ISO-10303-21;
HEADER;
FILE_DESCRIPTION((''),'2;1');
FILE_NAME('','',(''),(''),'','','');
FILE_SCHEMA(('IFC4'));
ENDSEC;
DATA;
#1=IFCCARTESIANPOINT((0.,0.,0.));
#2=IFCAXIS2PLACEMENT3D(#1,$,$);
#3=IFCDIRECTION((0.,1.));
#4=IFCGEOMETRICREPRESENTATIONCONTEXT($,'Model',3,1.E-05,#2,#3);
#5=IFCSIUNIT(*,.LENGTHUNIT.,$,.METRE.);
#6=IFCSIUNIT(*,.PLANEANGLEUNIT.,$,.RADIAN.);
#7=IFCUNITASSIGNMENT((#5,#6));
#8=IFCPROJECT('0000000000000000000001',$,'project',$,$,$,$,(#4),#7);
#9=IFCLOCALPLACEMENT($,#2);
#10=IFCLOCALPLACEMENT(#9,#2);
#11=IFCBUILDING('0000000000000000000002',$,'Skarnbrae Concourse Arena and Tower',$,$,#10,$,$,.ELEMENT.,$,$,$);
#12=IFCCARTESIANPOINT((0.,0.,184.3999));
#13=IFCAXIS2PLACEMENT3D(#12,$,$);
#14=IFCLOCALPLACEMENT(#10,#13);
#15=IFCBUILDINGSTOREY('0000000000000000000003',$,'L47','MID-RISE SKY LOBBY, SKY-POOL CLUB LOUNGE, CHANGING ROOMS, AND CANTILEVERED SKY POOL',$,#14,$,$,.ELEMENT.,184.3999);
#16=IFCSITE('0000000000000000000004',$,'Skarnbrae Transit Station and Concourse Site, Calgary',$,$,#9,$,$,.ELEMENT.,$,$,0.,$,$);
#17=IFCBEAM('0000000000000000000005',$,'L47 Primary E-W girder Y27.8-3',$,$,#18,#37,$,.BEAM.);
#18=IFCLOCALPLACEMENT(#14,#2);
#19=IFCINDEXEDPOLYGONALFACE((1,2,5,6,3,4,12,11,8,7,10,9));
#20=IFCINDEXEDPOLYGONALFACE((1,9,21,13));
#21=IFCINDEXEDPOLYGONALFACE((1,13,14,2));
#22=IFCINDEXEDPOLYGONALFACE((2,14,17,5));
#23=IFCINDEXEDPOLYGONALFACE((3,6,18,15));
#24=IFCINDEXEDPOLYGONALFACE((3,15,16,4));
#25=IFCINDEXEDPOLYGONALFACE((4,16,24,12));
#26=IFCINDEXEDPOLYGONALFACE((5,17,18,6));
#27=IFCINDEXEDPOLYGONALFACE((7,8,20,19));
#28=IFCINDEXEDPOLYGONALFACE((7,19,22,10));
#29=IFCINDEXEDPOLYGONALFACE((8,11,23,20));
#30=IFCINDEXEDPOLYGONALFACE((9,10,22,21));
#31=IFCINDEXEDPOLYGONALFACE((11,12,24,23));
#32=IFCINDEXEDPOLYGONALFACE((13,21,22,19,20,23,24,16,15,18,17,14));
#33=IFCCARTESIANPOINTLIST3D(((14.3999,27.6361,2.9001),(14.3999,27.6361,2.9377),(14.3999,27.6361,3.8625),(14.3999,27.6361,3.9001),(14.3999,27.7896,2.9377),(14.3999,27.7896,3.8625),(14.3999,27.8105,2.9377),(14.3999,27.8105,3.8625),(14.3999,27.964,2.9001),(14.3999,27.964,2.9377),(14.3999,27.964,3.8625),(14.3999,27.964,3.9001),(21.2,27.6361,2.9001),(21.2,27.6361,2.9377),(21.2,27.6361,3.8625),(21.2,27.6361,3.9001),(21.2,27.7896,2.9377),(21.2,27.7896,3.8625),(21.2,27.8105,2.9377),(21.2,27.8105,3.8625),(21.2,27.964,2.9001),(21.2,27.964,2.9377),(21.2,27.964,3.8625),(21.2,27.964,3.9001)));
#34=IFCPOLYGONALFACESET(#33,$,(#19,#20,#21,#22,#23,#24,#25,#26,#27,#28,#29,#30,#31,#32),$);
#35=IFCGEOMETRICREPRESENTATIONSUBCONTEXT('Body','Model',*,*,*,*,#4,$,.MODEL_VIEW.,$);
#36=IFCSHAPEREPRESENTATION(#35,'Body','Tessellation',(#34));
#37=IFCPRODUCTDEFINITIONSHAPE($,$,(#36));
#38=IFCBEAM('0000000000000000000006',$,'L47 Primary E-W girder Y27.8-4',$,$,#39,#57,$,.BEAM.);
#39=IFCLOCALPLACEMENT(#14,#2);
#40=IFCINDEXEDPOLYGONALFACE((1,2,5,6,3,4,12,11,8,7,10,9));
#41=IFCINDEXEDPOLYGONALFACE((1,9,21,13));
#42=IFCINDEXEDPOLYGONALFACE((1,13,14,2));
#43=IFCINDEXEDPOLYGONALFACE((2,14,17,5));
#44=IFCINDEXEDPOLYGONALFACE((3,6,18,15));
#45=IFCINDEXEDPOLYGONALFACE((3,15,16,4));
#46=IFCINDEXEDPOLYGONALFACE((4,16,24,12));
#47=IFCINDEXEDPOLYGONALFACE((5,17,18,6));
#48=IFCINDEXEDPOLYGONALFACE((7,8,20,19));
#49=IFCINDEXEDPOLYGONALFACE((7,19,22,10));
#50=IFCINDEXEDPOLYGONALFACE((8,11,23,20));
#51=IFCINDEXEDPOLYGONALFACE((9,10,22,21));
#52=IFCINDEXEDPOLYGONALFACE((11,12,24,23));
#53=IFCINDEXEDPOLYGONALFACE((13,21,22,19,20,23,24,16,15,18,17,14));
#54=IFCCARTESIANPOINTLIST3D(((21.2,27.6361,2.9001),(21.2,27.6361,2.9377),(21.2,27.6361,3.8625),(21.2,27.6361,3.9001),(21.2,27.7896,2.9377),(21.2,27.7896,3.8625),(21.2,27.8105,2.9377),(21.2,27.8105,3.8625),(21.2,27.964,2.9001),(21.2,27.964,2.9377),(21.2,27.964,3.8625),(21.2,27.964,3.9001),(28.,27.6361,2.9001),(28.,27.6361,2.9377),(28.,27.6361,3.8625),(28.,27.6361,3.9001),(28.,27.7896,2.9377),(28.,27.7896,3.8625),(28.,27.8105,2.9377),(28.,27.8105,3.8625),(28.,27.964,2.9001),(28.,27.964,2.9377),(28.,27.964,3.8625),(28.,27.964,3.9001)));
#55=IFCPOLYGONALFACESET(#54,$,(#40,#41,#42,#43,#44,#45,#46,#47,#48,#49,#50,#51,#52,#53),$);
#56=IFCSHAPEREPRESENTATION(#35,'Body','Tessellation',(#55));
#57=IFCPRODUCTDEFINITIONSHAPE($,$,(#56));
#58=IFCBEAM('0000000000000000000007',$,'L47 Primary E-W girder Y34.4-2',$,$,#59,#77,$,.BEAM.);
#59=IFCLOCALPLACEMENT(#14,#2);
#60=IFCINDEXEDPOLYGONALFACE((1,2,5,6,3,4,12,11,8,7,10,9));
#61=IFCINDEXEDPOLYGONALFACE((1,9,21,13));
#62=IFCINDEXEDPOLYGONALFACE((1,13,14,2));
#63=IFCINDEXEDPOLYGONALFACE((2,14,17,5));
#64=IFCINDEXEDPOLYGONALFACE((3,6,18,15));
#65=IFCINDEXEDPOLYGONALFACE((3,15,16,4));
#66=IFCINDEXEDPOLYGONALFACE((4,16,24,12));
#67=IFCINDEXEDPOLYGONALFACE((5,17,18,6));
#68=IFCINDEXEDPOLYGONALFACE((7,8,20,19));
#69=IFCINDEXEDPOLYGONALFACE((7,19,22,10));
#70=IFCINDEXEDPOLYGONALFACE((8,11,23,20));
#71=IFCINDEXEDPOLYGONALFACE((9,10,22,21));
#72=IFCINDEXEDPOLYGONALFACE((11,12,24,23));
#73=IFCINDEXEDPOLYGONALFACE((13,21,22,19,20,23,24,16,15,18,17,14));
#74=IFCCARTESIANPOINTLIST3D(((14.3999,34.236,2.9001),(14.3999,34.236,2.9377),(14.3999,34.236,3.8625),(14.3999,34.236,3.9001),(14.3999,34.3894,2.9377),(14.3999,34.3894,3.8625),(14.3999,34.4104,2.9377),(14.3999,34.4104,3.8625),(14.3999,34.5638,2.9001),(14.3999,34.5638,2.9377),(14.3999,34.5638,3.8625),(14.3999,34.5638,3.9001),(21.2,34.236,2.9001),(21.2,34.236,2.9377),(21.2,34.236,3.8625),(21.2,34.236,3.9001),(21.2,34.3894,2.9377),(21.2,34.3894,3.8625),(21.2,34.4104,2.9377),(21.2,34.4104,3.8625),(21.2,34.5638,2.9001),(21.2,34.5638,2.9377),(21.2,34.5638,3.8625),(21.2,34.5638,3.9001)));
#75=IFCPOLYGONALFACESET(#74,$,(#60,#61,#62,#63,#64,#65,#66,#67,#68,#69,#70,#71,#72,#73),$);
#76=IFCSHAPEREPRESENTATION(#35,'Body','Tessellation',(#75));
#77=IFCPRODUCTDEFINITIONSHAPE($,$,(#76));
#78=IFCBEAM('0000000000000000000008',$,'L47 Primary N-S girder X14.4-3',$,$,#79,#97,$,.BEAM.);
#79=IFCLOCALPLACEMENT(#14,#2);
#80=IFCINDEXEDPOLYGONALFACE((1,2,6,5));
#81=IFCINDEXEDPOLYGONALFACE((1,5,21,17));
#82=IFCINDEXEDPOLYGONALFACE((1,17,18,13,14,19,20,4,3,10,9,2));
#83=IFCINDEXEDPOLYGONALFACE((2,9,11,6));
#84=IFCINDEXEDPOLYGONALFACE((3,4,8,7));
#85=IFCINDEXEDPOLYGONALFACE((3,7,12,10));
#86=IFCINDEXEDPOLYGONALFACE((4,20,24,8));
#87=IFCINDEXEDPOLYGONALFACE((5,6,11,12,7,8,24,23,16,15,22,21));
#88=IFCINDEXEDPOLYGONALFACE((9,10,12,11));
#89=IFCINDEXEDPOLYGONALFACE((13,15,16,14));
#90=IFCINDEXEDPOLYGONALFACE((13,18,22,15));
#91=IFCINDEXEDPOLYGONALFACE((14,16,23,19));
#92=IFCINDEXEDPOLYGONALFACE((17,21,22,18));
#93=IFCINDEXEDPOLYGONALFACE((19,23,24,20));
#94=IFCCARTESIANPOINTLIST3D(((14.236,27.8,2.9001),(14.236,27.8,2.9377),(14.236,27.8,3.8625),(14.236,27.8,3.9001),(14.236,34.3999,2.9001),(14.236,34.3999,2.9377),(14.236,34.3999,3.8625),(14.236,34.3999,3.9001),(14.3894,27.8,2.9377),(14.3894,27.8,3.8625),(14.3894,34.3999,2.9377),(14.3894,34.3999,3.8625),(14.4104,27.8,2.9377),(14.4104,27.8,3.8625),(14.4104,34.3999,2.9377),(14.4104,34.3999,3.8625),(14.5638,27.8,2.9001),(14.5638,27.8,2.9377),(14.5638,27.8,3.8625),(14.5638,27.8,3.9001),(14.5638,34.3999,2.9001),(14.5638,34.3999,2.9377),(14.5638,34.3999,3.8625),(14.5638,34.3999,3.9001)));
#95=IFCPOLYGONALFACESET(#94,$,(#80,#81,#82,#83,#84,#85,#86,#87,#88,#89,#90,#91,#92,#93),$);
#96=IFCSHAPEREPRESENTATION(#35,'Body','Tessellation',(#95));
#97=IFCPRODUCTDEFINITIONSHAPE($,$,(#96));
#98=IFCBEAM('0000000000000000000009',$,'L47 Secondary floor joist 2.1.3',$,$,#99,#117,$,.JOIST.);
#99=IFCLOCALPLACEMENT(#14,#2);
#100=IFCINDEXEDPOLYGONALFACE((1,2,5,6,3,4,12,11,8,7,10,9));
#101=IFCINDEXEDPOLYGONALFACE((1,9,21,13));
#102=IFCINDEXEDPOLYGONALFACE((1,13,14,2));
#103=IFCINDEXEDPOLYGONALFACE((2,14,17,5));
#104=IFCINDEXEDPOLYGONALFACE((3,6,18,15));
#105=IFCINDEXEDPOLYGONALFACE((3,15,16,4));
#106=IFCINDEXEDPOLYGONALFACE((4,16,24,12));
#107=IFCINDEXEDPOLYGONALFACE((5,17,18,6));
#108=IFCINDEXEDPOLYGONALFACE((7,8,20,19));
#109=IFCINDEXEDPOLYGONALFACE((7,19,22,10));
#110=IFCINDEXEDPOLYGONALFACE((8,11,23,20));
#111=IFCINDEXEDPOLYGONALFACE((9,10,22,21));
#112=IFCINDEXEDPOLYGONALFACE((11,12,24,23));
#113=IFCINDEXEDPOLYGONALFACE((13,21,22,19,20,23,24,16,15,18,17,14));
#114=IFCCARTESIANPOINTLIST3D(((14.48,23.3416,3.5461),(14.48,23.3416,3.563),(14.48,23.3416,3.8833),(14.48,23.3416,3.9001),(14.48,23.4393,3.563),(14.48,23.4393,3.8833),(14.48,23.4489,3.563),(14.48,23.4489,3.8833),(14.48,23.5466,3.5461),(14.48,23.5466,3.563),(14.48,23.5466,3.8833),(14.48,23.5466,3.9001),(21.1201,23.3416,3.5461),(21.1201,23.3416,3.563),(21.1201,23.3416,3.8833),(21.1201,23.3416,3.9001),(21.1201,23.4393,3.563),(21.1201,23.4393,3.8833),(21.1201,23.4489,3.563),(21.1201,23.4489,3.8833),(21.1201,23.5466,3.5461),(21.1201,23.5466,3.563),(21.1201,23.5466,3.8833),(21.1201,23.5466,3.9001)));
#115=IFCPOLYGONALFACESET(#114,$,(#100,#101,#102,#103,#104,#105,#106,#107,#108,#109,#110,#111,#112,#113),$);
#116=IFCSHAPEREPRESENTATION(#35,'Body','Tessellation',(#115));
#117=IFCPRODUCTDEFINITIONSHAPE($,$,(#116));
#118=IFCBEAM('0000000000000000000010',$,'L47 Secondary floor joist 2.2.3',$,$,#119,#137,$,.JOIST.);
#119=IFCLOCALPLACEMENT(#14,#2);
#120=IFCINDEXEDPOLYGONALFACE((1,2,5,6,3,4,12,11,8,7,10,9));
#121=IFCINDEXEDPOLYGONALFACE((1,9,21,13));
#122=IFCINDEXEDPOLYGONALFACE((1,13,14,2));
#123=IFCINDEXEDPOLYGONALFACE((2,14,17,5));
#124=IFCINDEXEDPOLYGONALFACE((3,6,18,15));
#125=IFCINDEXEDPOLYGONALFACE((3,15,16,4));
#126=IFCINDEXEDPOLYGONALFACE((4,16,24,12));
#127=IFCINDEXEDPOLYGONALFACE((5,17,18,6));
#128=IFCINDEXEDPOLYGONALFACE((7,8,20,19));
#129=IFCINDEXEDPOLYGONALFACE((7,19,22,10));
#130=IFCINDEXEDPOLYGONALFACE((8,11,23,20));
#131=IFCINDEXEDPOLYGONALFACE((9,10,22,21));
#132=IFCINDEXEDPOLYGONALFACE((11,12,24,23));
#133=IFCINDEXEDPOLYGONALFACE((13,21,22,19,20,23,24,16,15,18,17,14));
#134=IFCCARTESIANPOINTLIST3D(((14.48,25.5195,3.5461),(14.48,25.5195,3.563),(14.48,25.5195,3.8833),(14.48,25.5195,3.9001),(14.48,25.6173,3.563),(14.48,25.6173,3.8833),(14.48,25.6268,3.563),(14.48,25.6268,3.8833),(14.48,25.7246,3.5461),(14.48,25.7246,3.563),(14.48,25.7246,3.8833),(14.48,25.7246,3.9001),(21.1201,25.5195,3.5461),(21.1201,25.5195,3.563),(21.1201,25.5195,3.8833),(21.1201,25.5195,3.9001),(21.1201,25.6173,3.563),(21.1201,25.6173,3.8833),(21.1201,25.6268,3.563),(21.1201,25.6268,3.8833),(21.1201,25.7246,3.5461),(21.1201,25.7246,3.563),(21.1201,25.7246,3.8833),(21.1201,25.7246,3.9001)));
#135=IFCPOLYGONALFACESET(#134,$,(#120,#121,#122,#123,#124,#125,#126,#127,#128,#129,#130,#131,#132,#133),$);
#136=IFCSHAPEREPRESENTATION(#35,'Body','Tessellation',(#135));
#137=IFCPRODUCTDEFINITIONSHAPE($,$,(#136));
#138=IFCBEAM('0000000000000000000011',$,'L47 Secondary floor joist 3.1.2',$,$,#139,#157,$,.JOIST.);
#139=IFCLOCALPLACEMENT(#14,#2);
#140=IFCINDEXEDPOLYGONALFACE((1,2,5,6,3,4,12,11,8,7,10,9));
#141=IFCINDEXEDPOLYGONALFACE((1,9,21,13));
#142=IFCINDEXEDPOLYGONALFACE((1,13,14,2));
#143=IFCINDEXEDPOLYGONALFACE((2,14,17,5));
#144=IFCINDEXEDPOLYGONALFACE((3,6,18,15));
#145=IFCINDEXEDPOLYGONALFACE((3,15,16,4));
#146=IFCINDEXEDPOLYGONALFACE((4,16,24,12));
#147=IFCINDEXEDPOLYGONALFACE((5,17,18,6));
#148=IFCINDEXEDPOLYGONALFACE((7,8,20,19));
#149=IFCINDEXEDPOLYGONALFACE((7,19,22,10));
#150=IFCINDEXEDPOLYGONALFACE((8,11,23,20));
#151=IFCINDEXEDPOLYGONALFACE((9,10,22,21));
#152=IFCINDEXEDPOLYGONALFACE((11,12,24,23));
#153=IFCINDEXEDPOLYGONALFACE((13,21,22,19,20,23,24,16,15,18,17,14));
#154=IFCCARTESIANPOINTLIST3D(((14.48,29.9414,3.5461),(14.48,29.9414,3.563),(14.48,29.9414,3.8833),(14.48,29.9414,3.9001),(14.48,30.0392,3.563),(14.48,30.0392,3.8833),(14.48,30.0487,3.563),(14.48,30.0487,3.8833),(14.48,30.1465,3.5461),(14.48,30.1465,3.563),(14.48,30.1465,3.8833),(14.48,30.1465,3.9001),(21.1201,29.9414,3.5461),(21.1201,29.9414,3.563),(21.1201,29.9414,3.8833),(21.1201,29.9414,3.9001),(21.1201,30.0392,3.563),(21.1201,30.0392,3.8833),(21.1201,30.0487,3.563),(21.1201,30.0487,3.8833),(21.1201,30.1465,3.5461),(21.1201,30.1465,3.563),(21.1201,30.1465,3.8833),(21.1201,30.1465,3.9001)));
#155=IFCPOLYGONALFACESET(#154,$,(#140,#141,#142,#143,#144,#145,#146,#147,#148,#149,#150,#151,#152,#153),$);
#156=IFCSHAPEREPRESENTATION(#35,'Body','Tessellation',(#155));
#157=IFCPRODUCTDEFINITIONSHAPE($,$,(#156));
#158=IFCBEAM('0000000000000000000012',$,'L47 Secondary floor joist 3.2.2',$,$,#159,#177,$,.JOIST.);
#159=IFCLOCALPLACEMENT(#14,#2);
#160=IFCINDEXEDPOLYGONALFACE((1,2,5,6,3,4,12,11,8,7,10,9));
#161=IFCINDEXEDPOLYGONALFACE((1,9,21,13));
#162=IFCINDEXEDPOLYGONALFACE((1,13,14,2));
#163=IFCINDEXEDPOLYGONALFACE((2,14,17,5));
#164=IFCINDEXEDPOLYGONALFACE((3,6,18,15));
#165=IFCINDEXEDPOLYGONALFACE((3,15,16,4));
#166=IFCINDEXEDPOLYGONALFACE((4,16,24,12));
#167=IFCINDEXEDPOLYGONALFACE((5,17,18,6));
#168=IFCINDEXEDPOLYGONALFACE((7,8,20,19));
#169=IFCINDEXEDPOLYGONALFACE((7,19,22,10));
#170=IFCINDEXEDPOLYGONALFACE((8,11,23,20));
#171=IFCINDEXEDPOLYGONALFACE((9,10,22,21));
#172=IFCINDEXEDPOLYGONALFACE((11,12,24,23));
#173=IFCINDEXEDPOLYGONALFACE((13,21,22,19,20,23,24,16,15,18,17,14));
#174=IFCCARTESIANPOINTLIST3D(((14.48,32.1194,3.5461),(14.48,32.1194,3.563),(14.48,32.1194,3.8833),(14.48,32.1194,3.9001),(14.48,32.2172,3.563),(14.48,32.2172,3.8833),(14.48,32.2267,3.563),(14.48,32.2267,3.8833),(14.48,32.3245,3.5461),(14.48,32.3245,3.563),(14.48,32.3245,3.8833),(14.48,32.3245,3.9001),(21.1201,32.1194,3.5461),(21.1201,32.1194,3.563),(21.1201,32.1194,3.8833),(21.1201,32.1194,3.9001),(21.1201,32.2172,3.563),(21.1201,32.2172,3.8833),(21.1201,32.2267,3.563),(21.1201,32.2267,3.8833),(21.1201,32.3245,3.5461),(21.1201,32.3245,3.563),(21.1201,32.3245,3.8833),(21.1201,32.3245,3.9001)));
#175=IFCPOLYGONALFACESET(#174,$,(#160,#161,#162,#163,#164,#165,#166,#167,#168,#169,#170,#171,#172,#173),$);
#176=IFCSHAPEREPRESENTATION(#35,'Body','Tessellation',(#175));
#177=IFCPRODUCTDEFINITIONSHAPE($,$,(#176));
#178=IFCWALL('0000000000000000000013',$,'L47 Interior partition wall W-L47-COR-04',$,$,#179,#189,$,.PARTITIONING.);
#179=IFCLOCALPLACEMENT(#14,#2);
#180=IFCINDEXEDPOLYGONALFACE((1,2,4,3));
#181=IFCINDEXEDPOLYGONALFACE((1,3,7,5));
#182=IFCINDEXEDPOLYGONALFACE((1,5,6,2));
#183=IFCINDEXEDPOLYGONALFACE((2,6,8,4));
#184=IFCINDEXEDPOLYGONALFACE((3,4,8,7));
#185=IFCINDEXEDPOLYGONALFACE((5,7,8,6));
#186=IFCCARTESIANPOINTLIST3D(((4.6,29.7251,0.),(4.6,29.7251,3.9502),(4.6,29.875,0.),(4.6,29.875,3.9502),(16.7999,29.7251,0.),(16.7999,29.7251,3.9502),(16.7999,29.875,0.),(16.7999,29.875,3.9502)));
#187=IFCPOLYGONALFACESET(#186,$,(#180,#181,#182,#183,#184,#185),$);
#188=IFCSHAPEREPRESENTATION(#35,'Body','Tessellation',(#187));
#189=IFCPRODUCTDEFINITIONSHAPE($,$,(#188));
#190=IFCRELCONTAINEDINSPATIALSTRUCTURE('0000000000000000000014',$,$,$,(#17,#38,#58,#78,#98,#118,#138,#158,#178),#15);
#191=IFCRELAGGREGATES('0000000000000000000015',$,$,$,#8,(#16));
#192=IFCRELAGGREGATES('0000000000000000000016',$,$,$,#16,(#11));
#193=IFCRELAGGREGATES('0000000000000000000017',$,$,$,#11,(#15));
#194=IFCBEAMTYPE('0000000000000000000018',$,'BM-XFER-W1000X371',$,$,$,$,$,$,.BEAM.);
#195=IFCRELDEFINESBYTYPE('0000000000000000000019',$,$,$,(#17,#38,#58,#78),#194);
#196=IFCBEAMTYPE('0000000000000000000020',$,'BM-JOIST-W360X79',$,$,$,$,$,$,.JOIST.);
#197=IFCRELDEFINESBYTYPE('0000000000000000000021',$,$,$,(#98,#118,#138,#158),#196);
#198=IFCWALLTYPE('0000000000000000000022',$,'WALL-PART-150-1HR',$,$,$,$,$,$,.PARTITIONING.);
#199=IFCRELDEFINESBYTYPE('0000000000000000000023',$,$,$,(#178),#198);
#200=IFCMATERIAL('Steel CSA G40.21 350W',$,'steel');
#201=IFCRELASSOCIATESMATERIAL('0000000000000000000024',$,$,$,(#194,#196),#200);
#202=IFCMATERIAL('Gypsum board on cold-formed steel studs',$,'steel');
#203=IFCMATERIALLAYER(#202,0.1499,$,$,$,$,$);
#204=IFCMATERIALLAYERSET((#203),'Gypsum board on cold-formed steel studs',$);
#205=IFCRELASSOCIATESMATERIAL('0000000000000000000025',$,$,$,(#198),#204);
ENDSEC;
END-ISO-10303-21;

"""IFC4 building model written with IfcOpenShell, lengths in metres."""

from ifc_helpers import new_model, si_unit, direction, frame, frame_2d, origin, origin_2d, place, context, subcontext, project, spatial, rectangle, i_section, extrude, source, transform, mapped, material, layer, layer_set, material_profile, profile_set, type_object, element, save


model = new_model("IFC4")

# Units and contexts
model_context = context("Model", 3, precision=1e-05, world=origin(), true_north=direction((0.0, 1.0)))
body_context = subcontext(model_context, "Body", "Model", "MODEL_VIEW")
ifc_project = project(units=[si_unit("LENGTHUNIT", "METRE"), si_unit("PLANEANGLEUNIT", "RADIAN")], contexts=[model_context])

# Site, building, storey
site_placement = place(None, origin())
site = spatial("IfcSite", under=ifc_project, at=site_placement, Name="Skarnbrae Transit Station and Concourse Site, Calgary", CompositionType="ELEMENT", RefElevation=0.0)
building_placement = place(site_placement, origin())
building = spatial("IfcBuilding", under=site, at=building_placement, Name="Skarnbrae Concourse Arena and Tower", CompositionType="ELEMENT")
storey_placement = place(building_placement, frame((0.0, 0.0, 184.3999)))
storey = spatial("IfcBuildingStorey", under=building, at=storey_placement, Name="L47", Description="MID-RISE SKY LOBBY, SKY-POOL CLUB LOUNGE, CHANGING ROOMS, AND CANTILEVERED SKY POOL", CompositionType="ELEMENT", Elevation=184.3999)

# Shared definitions
ifc_material_1 = material(Name="Steel CSA G40.21 350W", Category="steel")

# Beams
ifc_material_profile_1 = material_profile(ifc_material_1, i_section(OverallWidth=0.3279, OverallDepth=1.0, WebThickness=0.021, FlangeThickness=0.0376, at=origin_2d()), Name="W1000X371")
ifc_profile_set_1 = profile_set([ifc_material_profile_1], Name="Steel CSA G40.21 350W")
beam_type_1 = type_object("IfcBeamType", Name="BM-XFER-W1000X371", PredefinedType="BEAM", material=ifc_profile_set_1)
shared_shape_1 = source(origin(), body_context, "Body", "SweptSolid", [
    extrude(i_section(OverallWidth=0.3279, OverallDepth=1.0, WebThickness=0.021, FlangeThickness=0.0376, at=origin_2d()), origin(), (0.0, 0.0, 1.0), 6.8),
])
for number, where, z_axis, x_axis, name in (
    (1, (14.3999, 27.8, 3.4001), (1.0, 0.0, 0.0), (0.0, 1.0, 0.0), "L47 Primary E-W girder Y27.8-3"),
    (2, (21.2, 27.8, 3.4001), (1.0, 0.0, 0.0), (0.0, 1.0, 0.0), "L47 Primary E-W girder Y27.8-4"),
    (3, (14.3999, 34.3999, 3.4001), (1.0, 0.0, 0.0), (0.0, 1.0, 0.0), "L47 Primary E-W girder Y34.4-2"),
):
    element("IfcBeam", number, at=place(storey_placement, frame(where, z_axis=z_axis, x_axis=x_axis)), inside=storey, type_object=beam_type_1, Name=name, PredefinedType="BEAM", context=body_context, shape_type="MappedRepresentation", body=[
        mapped(shared_shape_1, transform((0.0, 0.0, 0.0))),
    ])
shared_shape_2 = source(origin(), body_context, "Body", "SweptSolid", [
    extrude(i_section(OverallWidth=0.3279, OverallDepth=1.0, WebThickness=0.021, FlangeThickness=0.0376, at=origin_2d()), origin(), (0.0, 0.0, 1.0), 6.5999),
])
beam_placement = place(storey_placement, frame((14.3999, 27.8, 3.4001), z_axis=(0.0, 1.0, 0.0), x_axis=(-1.0, 0.0, 0.0)))
element("IfcBeam", 4, at=beam_placement, inside=storey, type_object=beam_type_1, Name="L47 Primary N-S girder X14.4-3", PredefinedType="BEAM", context=body_context, shape_type="MappedRepresentation", body=[
    mapped(shared_shape_2, transform((0.0, 0.0, 0.0))),
])
ifc_material_profile_2 = material_profile(ifc_material_1, i_section(OverallWidth=0.2051, OverallDepth=0.354, WebThickness=0.0095, FlangeThickness=0.0168, at=origin_2d()), Name="W360X79")
ifc_profile_set_2 = profile_set([ifc_material_profile_2], Name="Steel CSA G40.21 350W")
beam_type_2 = type_object("IfcBeamType", Name="BM-JOIST-W360X79", PredefinedType="JOIST", material=ifc_profile_set_2)
shared_shape_3 = source(origin(), body_context, "Body", "SweptSolid", [
    extrude(i_section(OverallWidth=0.2051, OverallDepth=0.354, WebThickness=0.0095, FlangeThickness=0.0168, at=origin_2d()), origin(), (0.0, 0.0, 1.0), 6.6401),
])
for number, where, z_axis, x_axis, name in (
    (5, (14.48, 23.4441, 3.7231), (1.0, 0.0, 0.0), (0.0, 1.0, 0.0), "L47 Secondary floor joist 2.1.3"),
    (6, (14.48, 25.6221, 3.7231), (1.0, 0.0, 0.0), (0.0, 1.0, 0.0), "L47 Secondary floor joist 2.2.3"),
    (7, (14.48, 30.0439, 3.7231), (1.0, 0.0, 0.0), (0.0, 1.0, 0.0), "L47 Secondary floor joist 3.1.2"),
    (8, (14.48, 32.2219, 3.7231), (1.0, 0.0, 0.0), (0.0, 1.0, 0.0), "L47 Secondary floor joist 3.2.2"),
):
    element("IfcBeam", number, at=place(storey_placement, frame(where, z_axis=z_axis, x_axis=x_axis)), inside=storey, type_object=beam_type_2, Name=name, PredefinedType="JOIST", context=body_context, shape_type="MappedRepresentation", body=[
        mapped(shared_shape_3, transform((0.0, 0.0, 0.0))),
    ])

# Wall
ifc_material_2 = material(Name="Gypsum board on cold-formed steel studs", Category="steel")
ifc_layer_1 = layer(ifc_material_2, 0.1499)
ifc_layer_set_1 = layer_set([ifc_layer_1], Name="Gypsum board on cold-formed steel studs")
wall_type_1 = type_object("IfcWallType", Name="WALL-PART-150-1HR", PredefinedType="PARTITIONING", material=ifc_layer_set_1)
shared_shape_4 = source(origin(), body_context, "Body", "SweptSolid", [
    extrude(rectangle(XDim=12.2, YDim=0.1499, at=frame_2d((6.1001, 0.0))), origin(), (0.0, 0.0, 1.0), 3.9502),
])
wall_1_placement = place(storey_placement, frame((16.8, 29.8, 0.0), z_axis=(0.0, 0.0, 1.0), x_axis=(-1.0, 0.0, 0.0)))
element("IfcWall", 9, at=wall_1_placement, inside=storey, type_object=wall_type_1, Name="L47 Interior partition wall W-L47-COR-04", PredefinedType="PARTITIONING", context=body_context, shape_type="MappedRepresentation", body=[
    mapped(shared_shape_4, transform((0.0, 0.0, 0.0))),
])

save(model, "model.ifc")
